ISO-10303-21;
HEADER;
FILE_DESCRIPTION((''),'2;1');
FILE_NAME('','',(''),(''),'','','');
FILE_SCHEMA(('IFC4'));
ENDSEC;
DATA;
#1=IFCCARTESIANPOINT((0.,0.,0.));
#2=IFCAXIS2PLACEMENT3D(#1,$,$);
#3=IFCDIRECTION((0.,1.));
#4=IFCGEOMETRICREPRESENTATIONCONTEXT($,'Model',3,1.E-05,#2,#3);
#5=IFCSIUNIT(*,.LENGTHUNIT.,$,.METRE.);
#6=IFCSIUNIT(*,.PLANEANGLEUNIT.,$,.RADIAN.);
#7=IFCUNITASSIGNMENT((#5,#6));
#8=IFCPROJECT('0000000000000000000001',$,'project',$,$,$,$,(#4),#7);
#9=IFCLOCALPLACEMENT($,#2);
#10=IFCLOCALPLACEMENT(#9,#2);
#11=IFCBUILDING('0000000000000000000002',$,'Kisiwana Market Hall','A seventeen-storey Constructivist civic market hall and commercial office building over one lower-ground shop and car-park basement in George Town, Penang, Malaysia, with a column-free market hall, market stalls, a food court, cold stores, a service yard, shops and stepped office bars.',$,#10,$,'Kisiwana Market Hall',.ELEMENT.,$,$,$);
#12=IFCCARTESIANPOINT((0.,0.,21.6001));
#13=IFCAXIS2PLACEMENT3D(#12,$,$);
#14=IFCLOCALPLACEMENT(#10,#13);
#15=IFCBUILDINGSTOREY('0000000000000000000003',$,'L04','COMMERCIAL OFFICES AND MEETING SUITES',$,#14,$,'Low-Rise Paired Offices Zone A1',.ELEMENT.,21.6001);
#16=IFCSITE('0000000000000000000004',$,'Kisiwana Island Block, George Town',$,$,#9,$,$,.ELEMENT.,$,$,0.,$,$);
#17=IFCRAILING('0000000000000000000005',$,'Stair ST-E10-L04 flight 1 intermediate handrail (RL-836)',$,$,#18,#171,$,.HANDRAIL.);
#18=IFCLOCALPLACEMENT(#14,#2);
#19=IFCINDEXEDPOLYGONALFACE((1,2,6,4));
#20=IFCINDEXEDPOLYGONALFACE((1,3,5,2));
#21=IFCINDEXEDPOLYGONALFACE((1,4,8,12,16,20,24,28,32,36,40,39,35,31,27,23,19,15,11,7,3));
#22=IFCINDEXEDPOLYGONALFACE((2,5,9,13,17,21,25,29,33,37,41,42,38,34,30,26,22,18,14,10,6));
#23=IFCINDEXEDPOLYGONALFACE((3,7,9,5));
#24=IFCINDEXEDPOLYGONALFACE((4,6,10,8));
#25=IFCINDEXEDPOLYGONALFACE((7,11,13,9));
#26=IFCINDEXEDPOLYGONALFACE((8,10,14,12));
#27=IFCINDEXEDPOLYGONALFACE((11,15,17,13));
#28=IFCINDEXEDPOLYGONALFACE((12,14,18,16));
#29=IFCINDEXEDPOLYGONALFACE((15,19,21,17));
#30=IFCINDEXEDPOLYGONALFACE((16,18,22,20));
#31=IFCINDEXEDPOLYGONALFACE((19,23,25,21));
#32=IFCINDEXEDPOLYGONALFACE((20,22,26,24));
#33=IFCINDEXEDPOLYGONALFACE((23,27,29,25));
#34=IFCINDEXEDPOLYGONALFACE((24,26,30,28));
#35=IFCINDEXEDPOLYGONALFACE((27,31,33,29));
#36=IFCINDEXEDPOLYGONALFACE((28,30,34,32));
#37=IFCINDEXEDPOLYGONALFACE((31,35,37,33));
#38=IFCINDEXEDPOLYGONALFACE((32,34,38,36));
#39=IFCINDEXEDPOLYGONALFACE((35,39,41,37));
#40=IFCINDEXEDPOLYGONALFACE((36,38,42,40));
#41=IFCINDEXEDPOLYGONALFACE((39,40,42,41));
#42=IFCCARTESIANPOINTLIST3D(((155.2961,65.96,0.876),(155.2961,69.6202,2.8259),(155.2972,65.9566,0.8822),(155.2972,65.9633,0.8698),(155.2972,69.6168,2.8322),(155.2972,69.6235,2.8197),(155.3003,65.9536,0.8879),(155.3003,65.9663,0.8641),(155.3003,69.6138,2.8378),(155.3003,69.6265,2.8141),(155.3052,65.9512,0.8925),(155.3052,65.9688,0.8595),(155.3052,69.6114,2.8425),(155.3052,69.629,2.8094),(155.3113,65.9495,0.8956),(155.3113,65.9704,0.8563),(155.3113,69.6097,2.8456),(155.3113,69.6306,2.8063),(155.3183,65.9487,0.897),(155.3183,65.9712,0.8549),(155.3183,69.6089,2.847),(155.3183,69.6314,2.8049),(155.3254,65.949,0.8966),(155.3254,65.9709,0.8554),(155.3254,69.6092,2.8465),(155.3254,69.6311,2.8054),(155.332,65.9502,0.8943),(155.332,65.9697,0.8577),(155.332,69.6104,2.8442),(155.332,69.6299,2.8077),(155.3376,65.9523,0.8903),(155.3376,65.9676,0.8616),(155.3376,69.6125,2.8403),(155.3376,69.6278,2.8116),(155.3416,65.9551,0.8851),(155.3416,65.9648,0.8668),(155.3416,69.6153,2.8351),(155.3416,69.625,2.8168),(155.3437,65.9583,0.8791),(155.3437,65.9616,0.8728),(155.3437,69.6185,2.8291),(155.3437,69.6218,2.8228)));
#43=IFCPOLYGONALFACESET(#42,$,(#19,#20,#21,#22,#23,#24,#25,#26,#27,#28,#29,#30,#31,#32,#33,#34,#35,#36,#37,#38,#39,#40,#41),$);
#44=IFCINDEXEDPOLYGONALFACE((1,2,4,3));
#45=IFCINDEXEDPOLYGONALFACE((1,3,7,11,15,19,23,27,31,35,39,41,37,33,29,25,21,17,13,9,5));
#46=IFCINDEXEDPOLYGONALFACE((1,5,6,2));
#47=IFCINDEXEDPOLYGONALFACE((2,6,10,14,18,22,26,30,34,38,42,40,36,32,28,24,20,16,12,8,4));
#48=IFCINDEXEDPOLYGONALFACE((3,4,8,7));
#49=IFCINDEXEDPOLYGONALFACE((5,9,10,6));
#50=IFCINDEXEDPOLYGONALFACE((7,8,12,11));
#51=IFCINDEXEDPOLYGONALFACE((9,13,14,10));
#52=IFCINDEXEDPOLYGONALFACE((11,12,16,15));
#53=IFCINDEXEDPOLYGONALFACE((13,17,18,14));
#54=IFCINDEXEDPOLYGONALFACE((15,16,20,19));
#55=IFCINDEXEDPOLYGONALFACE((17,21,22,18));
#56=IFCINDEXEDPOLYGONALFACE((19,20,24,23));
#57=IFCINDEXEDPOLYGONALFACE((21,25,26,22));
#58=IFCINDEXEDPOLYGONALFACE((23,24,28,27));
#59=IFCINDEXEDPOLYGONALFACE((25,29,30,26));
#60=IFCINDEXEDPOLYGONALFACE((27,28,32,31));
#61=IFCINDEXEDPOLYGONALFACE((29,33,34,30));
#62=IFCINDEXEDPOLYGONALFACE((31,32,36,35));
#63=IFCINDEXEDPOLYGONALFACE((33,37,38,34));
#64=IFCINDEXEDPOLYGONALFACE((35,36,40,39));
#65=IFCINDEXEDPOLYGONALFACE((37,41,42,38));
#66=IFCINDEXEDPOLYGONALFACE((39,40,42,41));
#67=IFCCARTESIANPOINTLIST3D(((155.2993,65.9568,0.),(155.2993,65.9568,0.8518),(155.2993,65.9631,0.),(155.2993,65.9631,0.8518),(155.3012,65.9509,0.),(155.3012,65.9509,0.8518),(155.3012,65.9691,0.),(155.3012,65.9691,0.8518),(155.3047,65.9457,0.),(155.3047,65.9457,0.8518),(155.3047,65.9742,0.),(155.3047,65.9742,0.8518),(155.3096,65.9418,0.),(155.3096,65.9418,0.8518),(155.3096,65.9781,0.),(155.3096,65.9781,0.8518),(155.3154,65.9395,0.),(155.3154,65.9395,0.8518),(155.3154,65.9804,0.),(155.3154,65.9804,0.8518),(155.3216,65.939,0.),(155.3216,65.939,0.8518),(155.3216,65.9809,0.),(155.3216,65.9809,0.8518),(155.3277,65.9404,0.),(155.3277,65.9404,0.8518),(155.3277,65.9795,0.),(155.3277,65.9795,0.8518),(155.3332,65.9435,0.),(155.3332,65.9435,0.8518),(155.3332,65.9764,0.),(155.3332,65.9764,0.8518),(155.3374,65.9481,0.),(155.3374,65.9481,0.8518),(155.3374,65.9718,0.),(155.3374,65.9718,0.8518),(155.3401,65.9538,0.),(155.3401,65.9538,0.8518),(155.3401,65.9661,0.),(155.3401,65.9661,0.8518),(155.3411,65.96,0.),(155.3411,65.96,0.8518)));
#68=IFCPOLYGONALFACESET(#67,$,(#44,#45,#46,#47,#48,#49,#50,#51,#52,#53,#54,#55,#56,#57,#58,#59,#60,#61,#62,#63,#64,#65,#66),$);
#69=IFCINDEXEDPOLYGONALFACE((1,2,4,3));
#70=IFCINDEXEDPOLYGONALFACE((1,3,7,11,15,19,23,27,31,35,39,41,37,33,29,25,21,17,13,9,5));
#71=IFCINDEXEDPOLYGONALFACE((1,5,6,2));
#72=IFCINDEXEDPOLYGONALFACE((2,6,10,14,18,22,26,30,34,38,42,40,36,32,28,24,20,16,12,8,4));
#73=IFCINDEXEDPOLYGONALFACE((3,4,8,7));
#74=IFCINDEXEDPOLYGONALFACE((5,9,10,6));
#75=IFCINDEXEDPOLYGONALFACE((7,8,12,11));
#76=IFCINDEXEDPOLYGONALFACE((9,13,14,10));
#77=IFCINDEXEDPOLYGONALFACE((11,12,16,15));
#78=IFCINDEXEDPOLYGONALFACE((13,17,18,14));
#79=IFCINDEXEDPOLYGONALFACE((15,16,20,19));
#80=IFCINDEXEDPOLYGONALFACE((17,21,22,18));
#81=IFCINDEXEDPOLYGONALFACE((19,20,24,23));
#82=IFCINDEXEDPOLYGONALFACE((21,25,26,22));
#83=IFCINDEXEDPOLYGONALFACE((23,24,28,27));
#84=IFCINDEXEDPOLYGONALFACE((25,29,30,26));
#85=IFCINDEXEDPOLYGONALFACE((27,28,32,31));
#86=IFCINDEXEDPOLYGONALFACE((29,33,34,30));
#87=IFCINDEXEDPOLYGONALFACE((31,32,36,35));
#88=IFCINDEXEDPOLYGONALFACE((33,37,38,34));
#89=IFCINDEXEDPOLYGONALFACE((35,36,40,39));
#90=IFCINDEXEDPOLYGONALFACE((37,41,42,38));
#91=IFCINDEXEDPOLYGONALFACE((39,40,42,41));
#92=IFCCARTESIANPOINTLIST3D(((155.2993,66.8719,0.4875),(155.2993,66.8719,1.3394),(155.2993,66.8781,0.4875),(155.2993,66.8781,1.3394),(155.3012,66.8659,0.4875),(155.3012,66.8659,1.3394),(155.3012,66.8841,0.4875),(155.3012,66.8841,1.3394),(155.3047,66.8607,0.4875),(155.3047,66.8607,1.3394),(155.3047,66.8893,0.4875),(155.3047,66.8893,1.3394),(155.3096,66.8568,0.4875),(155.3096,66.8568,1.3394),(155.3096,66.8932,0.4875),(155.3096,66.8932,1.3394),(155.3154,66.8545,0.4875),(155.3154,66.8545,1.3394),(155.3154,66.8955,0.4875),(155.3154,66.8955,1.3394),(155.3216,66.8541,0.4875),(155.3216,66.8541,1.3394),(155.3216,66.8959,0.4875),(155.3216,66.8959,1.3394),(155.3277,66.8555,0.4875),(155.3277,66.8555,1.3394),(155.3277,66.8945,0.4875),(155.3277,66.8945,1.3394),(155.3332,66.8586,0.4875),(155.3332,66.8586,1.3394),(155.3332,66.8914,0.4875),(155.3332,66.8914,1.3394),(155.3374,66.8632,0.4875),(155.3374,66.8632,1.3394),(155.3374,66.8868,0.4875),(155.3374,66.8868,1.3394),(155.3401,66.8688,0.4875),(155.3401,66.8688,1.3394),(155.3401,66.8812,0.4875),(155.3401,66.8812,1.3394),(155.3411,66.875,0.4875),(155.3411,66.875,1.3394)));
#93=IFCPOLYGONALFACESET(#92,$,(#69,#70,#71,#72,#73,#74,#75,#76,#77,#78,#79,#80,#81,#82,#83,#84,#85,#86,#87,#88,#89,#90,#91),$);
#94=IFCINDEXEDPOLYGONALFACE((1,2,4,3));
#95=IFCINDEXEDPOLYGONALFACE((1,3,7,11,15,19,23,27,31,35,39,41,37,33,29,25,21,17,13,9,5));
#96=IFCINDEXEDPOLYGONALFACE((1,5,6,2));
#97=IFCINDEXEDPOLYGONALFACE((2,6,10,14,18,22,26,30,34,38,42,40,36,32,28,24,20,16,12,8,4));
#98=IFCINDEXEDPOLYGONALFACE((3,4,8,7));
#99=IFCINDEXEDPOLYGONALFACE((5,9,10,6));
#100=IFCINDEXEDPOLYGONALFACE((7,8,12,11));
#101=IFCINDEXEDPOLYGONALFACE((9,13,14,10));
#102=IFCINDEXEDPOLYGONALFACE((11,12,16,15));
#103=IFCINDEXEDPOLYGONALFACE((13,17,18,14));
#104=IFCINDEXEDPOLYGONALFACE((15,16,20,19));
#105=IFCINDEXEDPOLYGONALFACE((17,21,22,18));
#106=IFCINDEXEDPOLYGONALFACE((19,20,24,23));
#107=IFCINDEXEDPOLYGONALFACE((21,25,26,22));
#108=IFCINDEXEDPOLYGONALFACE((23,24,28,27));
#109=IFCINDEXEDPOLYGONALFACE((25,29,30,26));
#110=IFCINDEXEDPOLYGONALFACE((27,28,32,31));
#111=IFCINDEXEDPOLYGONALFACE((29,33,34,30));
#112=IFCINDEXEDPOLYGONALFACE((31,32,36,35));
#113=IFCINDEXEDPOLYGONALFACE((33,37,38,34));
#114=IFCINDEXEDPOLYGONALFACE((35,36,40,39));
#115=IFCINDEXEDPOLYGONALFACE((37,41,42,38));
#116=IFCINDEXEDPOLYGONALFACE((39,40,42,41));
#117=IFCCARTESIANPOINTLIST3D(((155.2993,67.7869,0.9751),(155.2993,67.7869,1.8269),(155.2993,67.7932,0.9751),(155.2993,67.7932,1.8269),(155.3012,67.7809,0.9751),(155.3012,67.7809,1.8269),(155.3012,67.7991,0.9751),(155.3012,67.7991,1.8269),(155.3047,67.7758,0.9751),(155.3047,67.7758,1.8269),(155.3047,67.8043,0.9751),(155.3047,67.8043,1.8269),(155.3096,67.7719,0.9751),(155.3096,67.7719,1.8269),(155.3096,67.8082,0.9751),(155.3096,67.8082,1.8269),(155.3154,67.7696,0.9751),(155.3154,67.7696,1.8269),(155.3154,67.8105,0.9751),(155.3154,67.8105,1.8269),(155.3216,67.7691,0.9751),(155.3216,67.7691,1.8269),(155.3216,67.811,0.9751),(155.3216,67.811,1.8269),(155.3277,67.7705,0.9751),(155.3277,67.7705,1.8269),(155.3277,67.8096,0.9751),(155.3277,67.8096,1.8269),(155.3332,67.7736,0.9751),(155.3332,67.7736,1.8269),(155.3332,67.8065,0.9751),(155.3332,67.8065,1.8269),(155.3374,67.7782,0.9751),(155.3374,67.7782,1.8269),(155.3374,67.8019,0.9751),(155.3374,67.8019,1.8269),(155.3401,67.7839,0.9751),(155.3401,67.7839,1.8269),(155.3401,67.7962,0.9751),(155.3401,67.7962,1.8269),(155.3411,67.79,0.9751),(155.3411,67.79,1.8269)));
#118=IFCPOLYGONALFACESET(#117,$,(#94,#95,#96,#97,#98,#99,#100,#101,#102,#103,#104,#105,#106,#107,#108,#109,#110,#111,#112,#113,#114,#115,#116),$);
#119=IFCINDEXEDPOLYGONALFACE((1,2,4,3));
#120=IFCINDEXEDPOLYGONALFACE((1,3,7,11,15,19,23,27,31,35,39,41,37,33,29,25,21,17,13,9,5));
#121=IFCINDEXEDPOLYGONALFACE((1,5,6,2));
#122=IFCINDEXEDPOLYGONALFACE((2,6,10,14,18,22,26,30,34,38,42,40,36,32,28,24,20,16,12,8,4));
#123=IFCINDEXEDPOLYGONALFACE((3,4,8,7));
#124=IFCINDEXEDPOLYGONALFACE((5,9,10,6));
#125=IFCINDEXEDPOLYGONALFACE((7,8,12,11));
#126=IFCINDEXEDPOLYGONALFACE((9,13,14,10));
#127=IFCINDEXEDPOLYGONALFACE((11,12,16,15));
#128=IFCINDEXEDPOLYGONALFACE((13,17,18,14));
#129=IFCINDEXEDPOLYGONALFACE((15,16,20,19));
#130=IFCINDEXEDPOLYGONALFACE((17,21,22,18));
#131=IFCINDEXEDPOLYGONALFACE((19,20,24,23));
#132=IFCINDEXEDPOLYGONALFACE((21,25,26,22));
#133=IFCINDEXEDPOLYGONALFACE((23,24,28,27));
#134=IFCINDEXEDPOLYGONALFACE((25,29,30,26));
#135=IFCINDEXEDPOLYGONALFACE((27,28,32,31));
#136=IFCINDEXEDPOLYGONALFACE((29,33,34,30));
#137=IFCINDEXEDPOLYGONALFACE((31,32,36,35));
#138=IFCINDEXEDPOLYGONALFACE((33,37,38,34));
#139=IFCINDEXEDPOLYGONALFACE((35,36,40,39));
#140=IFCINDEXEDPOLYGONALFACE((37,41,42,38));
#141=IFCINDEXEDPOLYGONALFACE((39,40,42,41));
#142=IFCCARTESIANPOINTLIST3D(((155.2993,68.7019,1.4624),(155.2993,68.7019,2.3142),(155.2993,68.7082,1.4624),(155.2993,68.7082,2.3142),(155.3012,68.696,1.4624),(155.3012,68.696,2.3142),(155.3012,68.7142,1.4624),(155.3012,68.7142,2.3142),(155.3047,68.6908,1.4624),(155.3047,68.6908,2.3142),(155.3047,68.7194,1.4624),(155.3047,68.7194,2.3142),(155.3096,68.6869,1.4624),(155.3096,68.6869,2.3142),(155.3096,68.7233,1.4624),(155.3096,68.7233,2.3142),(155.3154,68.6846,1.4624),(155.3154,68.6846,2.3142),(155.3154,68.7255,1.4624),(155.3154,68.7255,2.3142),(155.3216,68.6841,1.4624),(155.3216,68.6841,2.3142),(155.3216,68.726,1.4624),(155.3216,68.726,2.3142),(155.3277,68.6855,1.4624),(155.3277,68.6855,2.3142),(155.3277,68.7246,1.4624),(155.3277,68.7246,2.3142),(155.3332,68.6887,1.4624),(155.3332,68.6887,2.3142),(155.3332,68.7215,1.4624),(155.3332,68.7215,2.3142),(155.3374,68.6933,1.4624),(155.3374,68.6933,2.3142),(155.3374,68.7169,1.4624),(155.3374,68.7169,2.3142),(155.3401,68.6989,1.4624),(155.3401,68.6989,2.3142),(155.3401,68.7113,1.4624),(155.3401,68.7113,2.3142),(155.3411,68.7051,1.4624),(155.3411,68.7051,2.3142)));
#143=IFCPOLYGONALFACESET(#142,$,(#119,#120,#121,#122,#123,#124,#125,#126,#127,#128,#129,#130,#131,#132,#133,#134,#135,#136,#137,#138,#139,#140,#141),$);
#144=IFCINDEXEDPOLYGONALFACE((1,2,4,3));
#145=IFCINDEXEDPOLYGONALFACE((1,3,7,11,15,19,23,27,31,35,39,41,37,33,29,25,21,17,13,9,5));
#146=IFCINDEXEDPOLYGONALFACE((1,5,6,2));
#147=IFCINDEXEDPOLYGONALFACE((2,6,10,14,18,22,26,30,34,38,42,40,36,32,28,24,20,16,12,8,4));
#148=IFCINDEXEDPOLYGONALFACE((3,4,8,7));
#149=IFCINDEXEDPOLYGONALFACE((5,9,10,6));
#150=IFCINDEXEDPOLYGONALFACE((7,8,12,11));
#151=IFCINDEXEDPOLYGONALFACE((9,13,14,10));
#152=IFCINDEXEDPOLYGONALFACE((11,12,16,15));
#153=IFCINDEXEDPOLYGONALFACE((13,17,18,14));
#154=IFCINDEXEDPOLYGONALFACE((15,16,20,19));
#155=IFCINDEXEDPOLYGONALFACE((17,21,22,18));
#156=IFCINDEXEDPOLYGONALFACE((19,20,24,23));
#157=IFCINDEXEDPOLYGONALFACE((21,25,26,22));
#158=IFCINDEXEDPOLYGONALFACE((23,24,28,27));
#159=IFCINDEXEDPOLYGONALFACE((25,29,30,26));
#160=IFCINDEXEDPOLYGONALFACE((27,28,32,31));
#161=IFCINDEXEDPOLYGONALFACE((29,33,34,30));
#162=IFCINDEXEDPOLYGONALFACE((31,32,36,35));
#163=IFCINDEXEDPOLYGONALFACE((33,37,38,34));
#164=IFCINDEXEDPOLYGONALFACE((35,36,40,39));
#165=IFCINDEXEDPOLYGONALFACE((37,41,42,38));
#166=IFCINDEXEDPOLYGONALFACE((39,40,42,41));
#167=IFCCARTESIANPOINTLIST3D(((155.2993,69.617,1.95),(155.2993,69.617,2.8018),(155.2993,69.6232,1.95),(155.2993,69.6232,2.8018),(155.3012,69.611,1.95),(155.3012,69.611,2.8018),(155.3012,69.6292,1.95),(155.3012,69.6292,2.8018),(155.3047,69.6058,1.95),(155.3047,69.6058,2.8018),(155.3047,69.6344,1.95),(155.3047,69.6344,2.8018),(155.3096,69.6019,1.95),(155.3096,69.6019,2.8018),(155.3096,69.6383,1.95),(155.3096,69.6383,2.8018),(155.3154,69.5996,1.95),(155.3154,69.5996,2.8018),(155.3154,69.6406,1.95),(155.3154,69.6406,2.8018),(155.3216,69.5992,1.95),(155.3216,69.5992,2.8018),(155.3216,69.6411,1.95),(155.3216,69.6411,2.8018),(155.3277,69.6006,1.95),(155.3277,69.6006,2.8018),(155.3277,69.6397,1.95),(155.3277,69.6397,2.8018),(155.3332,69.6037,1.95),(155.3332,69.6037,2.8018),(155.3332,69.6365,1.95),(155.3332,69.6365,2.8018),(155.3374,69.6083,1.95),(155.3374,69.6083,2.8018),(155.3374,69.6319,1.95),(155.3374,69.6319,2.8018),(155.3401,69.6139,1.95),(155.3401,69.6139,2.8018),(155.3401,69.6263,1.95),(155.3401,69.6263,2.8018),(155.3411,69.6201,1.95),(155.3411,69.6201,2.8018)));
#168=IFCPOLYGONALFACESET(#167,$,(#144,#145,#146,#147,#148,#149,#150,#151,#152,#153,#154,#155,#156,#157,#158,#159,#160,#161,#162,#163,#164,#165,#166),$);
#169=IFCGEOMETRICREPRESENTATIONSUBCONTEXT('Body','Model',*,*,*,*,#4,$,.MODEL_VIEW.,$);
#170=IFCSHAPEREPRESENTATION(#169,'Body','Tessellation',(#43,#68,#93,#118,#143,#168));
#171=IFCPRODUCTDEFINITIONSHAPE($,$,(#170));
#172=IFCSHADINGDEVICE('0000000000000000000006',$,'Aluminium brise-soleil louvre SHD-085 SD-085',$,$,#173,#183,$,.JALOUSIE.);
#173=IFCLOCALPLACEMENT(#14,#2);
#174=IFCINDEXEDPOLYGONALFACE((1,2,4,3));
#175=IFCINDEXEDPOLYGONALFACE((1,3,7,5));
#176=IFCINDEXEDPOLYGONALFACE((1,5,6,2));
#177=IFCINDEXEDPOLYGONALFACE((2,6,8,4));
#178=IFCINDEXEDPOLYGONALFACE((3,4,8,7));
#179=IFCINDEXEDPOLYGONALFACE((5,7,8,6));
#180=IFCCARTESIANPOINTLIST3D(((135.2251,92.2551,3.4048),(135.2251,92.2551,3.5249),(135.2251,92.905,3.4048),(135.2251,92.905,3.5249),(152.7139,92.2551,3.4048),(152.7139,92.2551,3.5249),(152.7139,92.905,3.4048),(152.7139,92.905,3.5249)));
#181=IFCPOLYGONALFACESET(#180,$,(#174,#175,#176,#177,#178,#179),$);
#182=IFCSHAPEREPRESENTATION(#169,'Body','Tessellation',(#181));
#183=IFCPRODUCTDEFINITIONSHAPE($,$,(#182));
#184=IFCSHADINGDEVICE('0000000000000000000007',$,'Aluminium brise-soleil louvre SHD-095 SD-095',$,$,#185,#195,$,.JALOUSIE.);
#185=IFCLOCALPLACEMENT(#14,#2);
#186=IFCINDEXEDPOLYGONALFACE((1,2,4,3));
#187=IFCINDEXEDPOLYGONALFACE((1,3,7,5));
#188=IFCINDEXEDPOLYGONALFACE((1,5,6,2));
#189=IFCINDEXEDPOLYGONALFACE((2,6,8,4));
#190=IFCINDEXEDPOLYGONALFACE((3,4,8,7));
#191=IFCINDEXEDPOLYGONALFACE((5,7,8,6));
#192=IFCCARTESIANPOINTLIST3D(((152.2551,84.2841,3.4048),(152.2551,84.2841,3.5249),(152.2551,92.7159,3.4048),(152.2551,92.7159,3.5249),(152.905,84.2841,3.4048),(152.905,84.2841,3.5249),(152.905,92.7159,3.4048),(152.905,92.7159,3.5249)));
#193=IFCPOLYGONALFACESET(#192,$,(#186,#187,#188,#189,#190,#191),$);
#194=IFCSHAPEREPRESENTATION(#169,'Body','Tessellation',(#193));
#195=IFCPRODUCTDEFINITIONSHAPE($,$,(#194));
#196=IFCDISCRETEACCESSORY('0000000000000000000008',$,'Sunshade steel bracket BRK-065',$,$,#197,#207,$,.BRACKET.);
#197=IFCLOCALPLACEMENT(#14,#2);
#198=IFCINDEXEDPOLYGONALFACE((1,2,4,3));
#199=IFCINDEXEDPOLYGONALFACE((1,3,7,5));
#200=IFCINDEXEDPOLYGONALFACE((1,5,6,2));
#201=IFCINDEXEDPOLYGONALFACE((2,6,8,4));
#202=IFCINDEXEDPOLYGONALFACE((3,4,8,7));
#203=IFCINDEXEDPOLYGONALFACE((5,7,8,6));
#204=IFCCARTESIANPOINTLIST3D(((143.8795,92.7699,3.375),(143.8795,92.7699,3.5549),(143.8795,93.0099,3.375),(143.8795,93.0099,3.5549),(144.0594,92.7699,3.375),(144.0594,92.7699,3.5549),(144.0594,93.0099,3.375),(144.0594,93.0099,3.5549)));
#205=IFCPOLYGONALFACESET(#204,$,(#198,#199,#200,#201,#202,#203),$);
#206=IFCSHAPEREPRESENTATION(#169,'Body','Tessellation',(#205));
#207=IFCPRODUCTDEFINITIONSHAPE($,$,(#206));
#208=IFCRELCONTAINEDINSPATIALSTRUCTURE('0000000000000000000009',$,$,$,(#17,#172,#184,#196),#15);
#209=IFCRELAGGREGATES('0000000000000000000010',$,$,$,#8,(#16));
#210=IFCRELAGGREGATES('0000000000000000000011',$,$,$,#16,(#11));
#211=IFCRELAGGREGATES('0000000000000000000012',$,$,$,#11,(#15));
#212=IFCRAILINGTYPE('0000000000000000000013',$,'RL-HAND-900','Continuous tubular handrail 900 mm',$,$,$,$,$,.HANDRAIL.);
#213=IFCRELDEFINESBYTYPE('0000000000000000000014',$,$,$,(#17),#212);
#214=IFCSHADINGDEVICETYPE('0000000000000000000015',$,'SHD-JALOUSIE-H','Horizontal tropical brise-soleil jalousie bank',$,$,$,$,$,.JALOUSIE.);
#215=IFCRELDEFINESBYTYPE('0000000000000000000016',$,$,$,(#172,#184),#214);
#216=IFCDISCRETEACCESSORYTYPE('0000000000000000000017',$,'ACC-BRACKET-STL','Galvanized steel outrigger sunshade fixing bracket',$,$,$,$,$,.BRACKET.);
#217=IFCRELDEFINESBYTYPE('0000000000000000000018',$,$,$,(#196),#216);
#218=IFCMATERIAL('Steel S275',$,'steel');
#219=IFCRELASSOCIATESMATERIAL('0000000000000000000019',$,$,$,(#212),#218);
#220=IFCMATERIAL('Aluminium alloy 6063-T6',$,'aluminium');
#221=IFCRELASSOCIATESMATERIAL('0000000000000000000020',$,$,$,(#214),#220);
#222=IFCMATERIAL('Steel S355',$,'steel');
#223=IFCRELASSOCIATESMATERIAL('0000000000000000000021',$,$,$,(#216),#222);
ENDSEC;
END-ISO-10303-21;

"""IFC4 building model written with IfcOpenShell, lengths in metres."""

from ifc_helpers import new_model, si_unit, direction, frame, origin, origin_2d, place, context, subcontext, project, spatial, rectangle, circle, extrude, material, type_object, element, save


model = new_model("IFC4")

# Units and contexts
model_context = context("Model", 3, precision=1e-05, world=origin(), true_north=direction((0.0, 1.0)))
body_context = subcontext(model_context, "Body", "Model", "MODEL_VIEW")
ifc_project = project(units=[si_unit("LENGTHUNIT", "METRE"), si_unit("PLANEANGLEUNIT", "RADIAN")], contexts=[model_context])

# Site, building, storey
site_placement = place(None, origin())
site = spatial("IfcSite", under=ifc_project, at=site_placement, Name="Kisiwana Island Block, George Town", CompositionType="ELEMENT", RefElevation=0.0)
building_placement = place(site_placement, origin())
building = spatial("IfcBuilding", under=site, at=building_placement, Name="Kisiwana Market Hall", Description="A seventeen-storey Constructivist civic market hall and commercial office building over one lower-ground shop and car-park basement in George Town, Penang, Malaysia, with a column-free market hall, market stalls, a food court, cold stores, a service yard, shops and stepped office bars.", LongName="Kisiwana Market Hall", CompositionType="ELEMENT")
storey_placement = place(building_placement, frame((0.0, 0.0, 21.6001)))
storey = spatial("IfcBuildingStorey", under=building, at=storey_placement, Name="L04", Description="COMMERCIAL OFFICES AND MEETING SUITES", LongName="Low-Rise Paired Offices Zone A1", CompositionType="ELEMENT", Elevation=21.6001)

# Railing
ifc_material_1 = material(Name="Steel S275", Category="steel")
railing_type = type_object("IfcRailingType", Name="RL-HAND-900", Description="Continuous tubular handrail 900 mm", PredefinedType="HANDRAIL", material=ifc_material_1)
for number, where, name in (
    (1, (155.3201, 65.96, 0.0), "Stair ST-E10-L04 flight 1 intermediate handrail (RL-836)"),
):
    element("IfcRailing", number, at=place(storey_placement, frame(where)), inside=storey, type_object=railing_type, Name=name, PredefinedType="HANDRAIL", context=body_context, shape_type="SweptSolid", body=[
        extrude(circle(Radius=0.0239, at=origin_2d()), frame((0.0, 0.0, 0.876), z_axis=(0.0, 0.882566, 0.470188), x_axis=(-1.0, 0.0, 0.0)), (0.0, 0.0, 1.0), 4.1472),
        extrude(circle(Radius=0.021, at=origin_2d()), origin(), (0.0, 0.0, 1.0), 0.8518),
        extrude(circle(Radius=0.021, at=origin_2d()), frame((0.0, 0.915, 0.4875)), (0.0, 0.0, 1.0), 0.8518),
        extrude(circle(Radius=0.021, at=origin_2d()), frame((0.0, 1.8301, 0.9751)), (0.0, 0.0, 1.0), 0.8518),
        extrude(circle(Radius=0.021, at=origin_2d()), frame((0.0, 2.7451, 1.4624)), (0.0, 0.0, 1.0), 0.8518),
        extrude(circle(Radius=0.021, at=origin_2d()), frame((0.0, 3.6602, 1.95)), (0.0, 0.0, 1.0), 0.8518),
    ])

# Shading devices
ifc_material_2 = material(Name="Aluminium alloy 6063-T6", Category="aluminium")
shading_device_type = type_object("IfcShadingDeviceType", Name="SHD-JALOUSIE-H", Description="Horizontal tropical brise-soleil jalousie bank", PredefinedType="JALOUSIE", material=ifc_material_2)
shading_device_1_placement = place(storey_placement, frame((143.9695, 92.5801, 3.4048), z_axis=(0.0, 0.0, 1.0), x_axis=(1.0, 0.0, 0.0)))
element("IfcShadingDevice", 2, at=shading_device_1_placement, inside=storey, type_object=shading_device_type, Name="Aluminium brise-soleil louvre SHD-085 SD-085", PredefinedType="JALOUSIE", context=body_context, shape_type="SweptSolid", body=[
    extrude(rectangle(XDim=17.4888, YDim=0.6499, at=origin_2d()), origin(), (0.0, 0.0, 1.0), 0.1201),
])
shading_device_2_placement = place(storey_placement, frame((152.5801, 88.5, 3.4048), z_axis=(0.0, 0.0, 1.0), x_axis=(0.0, 1.0, 0.0)))
element("IfcShadingDevice", 3, at=shading_device_2_placement, inside=storey, type_object=shading_device_type, Name="Aluminium brise-soleil louvre SHD-095 SD-095", PredefinedType="JALOUSIE", context=body_context, shape_type="SweptSolid", body=[
    extrude(rectangle(XDim=8.4319, YDim=0.6499, at=origin_2d()), origin(), (0.0, 0.0, 1.0), 0.1201),
])

# Discrete accessory
ifc_material_3 = material(Name="Steel S355", Category="steel")
discrete_accessory_type = type_object("IfcDiscreteAccessoryType", Name="ACC-BRACKET-STL", Description="Galvanized steel outrigger sunshade fixing bracket", PredefinedType="BRACKET", material=ifc_material_3)
for number, where, z_axis, x_axis, name in (
    (4, (143.9695, 92.8899, 3.375), (0.0, 0.0, 1.0), (1.0, 0.0, 0.0), "Sunshade steel bracket BRK-065"),
):
    element("IfcDiscreteAccessory", number, at=place(storey_placement, frame(where, z_axis=z_axis, x_axis=x_axis)), inside=storey, type_object=discrete_accessory_type, Name=name, PredefinedType="BRACKET", context=body_context, shape_type="SweptSolid", body=[
        extrude(rectangle(XDim=0.1799, YDim=0.24, at=origin_2d()), origin(), (0.0, 0.0, 1.0), 0.1799),
    ])

save(model, "model.ifc")
